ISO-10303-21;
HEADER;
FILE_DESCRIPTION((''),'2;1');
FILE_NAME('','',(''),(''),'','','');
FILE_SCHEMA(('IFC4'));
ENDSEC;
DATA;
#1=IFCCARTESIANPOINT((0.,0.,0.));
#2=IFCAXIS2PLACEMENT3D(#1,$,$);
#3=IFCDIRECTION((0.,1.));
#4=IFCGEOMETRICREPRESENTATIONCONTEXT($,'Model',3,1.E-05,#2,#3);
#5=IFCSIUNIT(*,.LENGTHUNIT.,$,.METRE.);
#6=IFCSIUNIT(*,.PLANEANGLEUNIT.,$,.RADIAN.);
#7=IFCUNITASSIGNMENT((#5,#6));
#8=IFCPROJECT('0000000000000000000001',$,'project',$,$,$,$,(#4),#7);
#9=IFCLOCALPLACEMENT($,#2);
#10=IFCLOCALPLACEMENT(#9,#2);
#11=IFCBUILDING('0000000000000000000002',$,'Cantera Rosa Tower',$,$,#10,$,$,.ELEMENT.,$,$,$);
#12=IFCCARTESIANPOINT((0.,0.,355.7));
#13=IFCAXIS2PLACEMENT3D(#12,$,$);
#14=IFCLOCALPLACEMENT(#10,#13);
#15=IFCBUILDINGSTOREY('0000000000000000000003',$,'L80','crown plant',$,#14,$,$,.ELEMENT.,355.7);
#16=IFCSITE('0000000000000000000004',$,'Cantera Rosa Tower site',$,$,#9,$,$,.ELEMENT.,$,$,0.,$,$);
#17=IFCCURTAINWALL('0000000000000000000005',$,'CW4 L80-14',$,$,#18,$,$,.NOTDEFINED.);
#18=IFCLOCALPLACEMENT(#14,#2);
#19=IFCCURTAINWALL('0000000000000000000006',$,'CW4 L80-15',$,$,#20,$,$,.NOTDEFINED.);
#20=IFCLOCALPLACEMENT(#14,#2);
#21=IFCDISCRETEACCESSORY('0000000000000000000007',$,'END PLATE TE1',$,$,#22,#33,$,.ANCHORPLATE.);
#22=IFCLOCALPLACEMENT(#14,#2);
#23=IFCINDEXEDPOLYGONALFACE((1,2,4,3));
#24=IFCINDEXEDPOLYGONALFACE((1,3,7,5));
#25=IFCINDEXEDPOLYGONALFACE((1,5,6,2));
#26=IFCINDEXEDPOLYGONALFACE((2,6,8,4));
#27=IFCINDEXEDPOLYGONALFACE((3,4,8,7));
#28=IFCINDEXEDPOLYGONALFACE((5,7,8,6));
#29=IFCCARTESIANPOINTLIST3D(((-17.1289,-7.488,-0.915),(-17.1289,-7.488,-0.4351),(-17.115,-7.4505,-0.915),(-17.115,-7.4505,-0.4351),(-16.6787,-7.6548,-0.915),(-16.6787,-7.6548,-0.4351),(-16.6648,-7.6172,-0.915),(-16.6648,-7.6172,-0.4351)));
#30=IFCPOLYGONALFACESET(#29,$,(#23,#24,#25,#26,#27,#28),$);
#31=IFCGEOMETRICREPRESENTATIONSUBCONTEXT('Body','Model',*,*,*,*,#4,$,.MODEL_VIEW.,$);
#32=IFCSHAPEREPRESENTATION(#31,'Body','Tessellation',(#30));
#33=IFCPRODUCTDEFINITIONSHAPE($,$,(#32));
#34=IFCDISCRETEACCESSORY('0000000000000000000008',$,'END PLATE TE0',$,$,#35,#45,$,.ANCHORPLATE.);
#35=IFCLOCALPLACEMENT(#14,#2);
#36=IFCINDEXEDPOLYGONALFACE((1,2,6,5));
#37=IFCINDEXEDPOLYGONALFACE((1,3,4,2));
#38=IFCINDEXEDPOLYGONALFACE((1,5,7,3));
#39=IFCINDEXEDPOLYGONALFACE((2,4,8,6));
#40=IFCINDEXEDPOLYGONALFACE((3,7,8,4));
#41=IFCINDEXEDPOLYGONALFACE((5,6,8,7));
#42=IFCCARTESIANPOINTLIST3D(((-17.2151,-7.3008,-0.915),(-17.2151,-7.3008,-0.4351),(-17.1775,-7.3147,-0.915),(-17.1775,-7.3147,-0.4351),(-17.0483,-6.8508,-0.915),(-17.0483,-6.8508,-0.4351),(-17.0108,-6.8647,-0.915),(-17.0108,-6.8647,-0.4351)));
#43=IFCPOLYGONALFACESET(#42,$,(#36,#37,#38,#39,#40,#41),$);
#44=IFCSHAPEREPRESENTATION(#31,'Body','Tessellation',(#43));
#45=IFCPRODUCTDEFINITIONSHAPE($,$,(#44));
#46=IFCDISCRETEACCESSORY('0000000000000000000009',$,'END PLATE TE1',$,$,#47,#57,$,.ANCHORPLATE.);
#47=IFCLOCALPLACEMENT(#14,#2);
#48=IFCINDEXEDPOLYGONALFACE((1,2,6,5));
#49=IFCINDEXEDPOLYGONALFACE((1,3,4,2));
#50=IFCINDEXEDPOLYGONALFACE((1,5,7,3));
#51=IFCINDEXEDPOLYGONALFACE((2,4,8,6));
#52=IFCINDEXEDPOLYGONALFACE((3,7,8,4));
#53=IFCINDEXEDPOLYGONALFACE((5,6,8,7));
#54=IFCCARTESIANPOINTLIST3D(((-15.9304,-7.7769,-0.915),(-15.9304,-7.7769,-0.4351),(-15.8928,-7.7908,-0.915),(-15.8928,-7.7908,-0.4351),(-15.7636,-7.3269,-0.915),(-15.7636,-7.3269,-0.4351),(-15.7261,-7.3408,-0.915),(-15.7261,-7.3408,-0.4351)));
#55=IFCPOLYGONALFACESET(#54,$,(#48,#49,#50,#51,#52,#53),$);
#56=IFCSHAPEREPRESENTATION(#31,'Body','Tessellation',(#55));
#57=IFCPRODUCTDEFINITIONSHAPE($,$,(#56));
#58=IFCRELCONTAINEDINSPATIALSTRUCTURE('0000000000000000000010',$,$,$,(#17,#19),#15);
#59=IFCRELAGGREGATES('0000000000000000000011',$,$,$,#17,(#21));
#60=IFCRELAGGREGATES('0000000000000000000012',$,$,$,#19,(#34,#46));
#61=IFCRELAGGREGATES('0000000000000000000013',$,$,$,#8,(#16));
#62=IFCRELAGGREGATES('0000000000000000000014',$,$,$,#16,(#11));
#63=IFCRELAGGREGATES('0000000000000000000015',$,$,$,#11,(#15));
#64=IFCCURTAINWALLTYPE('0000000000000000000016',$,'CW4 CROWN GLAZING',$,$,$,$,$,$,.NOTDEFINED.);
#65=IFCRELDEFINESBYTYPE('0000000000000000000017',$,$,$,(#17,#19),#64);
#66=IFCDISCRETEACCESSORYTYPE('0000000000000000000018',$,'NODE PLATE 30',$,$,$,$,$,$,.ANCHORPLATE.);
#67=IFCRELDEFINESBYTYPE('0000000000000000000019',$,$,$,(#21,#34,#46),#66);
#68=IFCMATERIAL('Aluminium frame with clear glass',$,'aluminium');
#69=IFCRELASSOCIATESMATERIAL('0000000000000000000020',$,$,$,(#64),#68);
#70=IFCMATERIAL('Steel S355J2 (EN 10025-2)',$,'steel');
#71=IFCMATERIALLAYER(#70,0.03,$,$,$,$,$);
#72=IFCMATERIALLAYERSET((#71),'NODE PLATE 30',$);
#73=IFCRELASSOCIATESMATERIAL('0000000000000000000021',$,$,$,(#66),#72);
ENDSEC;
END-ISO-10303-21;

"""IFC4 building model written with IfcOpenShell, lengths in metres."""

from ifc_helpers import new_model, si_unit, direction, frame, origin, place, context, subcontext, project, spatial, polyline, outline, extrude, material, layer, layer_set, type_object, element, aggregate, save


model = new_model("IFC4")

# Units and contexts
model_context = context("Model", 3, precision=1e-05, world=origin(), true_north=direction((0.0, 1.0)))
body_context = subcontext(model_context, "Body", "Model", "MODEL_VIEW")
ifc_project = project(units=[si_unit("LENGTHUNIT", "METRE"), si_unit("PLANEANGLEUNIT", "RADIAN")], contexts=[model_context])

# Site, building, storey
site_placement = place(None, origin())
site = spatial("IfcSite", under=ifc_project, at=site_placement, Name="Cantera Rosa Tower site", CompositionType="ELEMENT", RefElevation=0.0)
building_placement = place(site_placement, origin())
building = spatial("IfcBuilding", under=site, at=building_placement, Name="Cantera Rosa Tower", CompositionType="ELEMENT")
storey_placement = place(building_placement, frame((0.0, 0.0, 355.7)))
storey = spatial("IfcBuildingStorey", under=building, at=storey_placement, Name="L80", Description="crown plant", CompositionType="ELEMENT", Elevation=355.7)

# Curtain walls
ifc_material_1 = material(Name="Aluminium frame with clear glass", Category="aluminium")
curtain_wall_type = type_object("IfcCurtainWallType", Name="CW4 CROWN GLAZING", PredefinedType="NOTDEFINED", material=ifc_material_1)
curtain_wall_1_placement = place(storey_placement, origin())
curtain_wall_1 = element("IfcCurtainWall", 1, at=curtain_wall_1_placement, inside=storey, type_object=curtain_wall_type, Name="CW4 L80-14", PredefinedType="NOTDEFINED")
curtain_wall_2_placement = place(storey_placement, origin())
curtain_wall_2 = element("IfcCurtainWall", 2, at=curtain_wall_2_placement, inside=storey, type_object=curtain_wall_type, Name="CW4 L80-15", PredefinedType="NOTDEFINED")

# Shared definitions
ifc_material_2 = material(Name="Steel S355J2 (EN 10025-2)", Category="steel")
ifc_layer_1 = layer(ifc_material_2, 0.03)
ifc_layer_set_1 = layer_set([ifc_layer_1], Name="NODE PLATE 30")
discrete_accessory_type = type_object("IfcDiscreteAccessoryType", Name="NODE PLATE 30", PredefinedType="ANCHORPLATE", material=ifc_layer_set_1)

# Discrete accessories
discrete_accessory_1_placement = place(storey_placement, frame((-16.6787, -7.6548, -0.4351), z_axis=(-0.347331, -0.937743, 0.0), x_axis=(-0.937743, 0.347331, 0.0)))
discrete_accessory_1 = element("IfcDiscreteAccessory", 3, at=discrete_accessory_1_placement, type_object=discrete_accessory_type, Name="END PLATE TE1", PredefinedType="ANCHORPLATE", context=body_context, shape_type="SweptSolid", body=[
    extrude(outline(polyline([(0.0, 0.0), (0.4801, 0.0), (0.4801, 0.48), (0.0, 0.48), (0.0, 0.0)])), origin(), (0.0, 0.0, -1.0), 0.04),
])
aggregate(curtain_wall_1, [discrete_accessory_1])
discrete_accessory_2_placement = place(storey_placement, frame((-17.2151, -7.3008, -0.4351), z_axis=(-0.937681, 0.347497, 0.0), x_axis=(0.347497, 0.937681, 0.0)))
discrete_accessory_2 = element("IfcDiscreteAccessory", 4, at=discrete_accessory_2_placement, type_object=discrete_accessory_type, Name="END PLATE TE0", PredefinedType="ANCHORPLATE", context=body_context, shape_type="SweptSolid", body=[
    extrude(outline(polyline([(0.0, 0.0), (0.4799, 0.0), (0.4799, 0.48), (0.0, 0.48), (0.0, 0.0)])), origin(), (0.0, 0.0, -1.0), 0.04),
])
discrete_accessory_3_placement = place(storey_placement, frame((-15.7261, -7.3408, -0.4351), z_axis=(0.937681, -0.347497, 0.0), x_axis=(-0.347497, -0.937681, 0.0)))
discrete_accessory_3 = element("IfcDiscreteAccessory", 5, at=discrete_accessory_3_placement, type_object=discrete_accessory_type, Name="END PLATE TE1", PredefinedType="ANCHORPLATE", context=body_context, shape_type="SweptSolid", body=[
    extrude(outline(polyline([(0.0, 0.0), (0.4799, 0.0), (0.4799, 0.48), (0.0, 0.48), (0.0, 0.0)])), origin(), (0.0, 0.0, -1.0), 0.04),
])
aggregate(curtain_wall_2, [discrete_accessory_2, discrete_accessory_3])

save(model, "model.ifc")
